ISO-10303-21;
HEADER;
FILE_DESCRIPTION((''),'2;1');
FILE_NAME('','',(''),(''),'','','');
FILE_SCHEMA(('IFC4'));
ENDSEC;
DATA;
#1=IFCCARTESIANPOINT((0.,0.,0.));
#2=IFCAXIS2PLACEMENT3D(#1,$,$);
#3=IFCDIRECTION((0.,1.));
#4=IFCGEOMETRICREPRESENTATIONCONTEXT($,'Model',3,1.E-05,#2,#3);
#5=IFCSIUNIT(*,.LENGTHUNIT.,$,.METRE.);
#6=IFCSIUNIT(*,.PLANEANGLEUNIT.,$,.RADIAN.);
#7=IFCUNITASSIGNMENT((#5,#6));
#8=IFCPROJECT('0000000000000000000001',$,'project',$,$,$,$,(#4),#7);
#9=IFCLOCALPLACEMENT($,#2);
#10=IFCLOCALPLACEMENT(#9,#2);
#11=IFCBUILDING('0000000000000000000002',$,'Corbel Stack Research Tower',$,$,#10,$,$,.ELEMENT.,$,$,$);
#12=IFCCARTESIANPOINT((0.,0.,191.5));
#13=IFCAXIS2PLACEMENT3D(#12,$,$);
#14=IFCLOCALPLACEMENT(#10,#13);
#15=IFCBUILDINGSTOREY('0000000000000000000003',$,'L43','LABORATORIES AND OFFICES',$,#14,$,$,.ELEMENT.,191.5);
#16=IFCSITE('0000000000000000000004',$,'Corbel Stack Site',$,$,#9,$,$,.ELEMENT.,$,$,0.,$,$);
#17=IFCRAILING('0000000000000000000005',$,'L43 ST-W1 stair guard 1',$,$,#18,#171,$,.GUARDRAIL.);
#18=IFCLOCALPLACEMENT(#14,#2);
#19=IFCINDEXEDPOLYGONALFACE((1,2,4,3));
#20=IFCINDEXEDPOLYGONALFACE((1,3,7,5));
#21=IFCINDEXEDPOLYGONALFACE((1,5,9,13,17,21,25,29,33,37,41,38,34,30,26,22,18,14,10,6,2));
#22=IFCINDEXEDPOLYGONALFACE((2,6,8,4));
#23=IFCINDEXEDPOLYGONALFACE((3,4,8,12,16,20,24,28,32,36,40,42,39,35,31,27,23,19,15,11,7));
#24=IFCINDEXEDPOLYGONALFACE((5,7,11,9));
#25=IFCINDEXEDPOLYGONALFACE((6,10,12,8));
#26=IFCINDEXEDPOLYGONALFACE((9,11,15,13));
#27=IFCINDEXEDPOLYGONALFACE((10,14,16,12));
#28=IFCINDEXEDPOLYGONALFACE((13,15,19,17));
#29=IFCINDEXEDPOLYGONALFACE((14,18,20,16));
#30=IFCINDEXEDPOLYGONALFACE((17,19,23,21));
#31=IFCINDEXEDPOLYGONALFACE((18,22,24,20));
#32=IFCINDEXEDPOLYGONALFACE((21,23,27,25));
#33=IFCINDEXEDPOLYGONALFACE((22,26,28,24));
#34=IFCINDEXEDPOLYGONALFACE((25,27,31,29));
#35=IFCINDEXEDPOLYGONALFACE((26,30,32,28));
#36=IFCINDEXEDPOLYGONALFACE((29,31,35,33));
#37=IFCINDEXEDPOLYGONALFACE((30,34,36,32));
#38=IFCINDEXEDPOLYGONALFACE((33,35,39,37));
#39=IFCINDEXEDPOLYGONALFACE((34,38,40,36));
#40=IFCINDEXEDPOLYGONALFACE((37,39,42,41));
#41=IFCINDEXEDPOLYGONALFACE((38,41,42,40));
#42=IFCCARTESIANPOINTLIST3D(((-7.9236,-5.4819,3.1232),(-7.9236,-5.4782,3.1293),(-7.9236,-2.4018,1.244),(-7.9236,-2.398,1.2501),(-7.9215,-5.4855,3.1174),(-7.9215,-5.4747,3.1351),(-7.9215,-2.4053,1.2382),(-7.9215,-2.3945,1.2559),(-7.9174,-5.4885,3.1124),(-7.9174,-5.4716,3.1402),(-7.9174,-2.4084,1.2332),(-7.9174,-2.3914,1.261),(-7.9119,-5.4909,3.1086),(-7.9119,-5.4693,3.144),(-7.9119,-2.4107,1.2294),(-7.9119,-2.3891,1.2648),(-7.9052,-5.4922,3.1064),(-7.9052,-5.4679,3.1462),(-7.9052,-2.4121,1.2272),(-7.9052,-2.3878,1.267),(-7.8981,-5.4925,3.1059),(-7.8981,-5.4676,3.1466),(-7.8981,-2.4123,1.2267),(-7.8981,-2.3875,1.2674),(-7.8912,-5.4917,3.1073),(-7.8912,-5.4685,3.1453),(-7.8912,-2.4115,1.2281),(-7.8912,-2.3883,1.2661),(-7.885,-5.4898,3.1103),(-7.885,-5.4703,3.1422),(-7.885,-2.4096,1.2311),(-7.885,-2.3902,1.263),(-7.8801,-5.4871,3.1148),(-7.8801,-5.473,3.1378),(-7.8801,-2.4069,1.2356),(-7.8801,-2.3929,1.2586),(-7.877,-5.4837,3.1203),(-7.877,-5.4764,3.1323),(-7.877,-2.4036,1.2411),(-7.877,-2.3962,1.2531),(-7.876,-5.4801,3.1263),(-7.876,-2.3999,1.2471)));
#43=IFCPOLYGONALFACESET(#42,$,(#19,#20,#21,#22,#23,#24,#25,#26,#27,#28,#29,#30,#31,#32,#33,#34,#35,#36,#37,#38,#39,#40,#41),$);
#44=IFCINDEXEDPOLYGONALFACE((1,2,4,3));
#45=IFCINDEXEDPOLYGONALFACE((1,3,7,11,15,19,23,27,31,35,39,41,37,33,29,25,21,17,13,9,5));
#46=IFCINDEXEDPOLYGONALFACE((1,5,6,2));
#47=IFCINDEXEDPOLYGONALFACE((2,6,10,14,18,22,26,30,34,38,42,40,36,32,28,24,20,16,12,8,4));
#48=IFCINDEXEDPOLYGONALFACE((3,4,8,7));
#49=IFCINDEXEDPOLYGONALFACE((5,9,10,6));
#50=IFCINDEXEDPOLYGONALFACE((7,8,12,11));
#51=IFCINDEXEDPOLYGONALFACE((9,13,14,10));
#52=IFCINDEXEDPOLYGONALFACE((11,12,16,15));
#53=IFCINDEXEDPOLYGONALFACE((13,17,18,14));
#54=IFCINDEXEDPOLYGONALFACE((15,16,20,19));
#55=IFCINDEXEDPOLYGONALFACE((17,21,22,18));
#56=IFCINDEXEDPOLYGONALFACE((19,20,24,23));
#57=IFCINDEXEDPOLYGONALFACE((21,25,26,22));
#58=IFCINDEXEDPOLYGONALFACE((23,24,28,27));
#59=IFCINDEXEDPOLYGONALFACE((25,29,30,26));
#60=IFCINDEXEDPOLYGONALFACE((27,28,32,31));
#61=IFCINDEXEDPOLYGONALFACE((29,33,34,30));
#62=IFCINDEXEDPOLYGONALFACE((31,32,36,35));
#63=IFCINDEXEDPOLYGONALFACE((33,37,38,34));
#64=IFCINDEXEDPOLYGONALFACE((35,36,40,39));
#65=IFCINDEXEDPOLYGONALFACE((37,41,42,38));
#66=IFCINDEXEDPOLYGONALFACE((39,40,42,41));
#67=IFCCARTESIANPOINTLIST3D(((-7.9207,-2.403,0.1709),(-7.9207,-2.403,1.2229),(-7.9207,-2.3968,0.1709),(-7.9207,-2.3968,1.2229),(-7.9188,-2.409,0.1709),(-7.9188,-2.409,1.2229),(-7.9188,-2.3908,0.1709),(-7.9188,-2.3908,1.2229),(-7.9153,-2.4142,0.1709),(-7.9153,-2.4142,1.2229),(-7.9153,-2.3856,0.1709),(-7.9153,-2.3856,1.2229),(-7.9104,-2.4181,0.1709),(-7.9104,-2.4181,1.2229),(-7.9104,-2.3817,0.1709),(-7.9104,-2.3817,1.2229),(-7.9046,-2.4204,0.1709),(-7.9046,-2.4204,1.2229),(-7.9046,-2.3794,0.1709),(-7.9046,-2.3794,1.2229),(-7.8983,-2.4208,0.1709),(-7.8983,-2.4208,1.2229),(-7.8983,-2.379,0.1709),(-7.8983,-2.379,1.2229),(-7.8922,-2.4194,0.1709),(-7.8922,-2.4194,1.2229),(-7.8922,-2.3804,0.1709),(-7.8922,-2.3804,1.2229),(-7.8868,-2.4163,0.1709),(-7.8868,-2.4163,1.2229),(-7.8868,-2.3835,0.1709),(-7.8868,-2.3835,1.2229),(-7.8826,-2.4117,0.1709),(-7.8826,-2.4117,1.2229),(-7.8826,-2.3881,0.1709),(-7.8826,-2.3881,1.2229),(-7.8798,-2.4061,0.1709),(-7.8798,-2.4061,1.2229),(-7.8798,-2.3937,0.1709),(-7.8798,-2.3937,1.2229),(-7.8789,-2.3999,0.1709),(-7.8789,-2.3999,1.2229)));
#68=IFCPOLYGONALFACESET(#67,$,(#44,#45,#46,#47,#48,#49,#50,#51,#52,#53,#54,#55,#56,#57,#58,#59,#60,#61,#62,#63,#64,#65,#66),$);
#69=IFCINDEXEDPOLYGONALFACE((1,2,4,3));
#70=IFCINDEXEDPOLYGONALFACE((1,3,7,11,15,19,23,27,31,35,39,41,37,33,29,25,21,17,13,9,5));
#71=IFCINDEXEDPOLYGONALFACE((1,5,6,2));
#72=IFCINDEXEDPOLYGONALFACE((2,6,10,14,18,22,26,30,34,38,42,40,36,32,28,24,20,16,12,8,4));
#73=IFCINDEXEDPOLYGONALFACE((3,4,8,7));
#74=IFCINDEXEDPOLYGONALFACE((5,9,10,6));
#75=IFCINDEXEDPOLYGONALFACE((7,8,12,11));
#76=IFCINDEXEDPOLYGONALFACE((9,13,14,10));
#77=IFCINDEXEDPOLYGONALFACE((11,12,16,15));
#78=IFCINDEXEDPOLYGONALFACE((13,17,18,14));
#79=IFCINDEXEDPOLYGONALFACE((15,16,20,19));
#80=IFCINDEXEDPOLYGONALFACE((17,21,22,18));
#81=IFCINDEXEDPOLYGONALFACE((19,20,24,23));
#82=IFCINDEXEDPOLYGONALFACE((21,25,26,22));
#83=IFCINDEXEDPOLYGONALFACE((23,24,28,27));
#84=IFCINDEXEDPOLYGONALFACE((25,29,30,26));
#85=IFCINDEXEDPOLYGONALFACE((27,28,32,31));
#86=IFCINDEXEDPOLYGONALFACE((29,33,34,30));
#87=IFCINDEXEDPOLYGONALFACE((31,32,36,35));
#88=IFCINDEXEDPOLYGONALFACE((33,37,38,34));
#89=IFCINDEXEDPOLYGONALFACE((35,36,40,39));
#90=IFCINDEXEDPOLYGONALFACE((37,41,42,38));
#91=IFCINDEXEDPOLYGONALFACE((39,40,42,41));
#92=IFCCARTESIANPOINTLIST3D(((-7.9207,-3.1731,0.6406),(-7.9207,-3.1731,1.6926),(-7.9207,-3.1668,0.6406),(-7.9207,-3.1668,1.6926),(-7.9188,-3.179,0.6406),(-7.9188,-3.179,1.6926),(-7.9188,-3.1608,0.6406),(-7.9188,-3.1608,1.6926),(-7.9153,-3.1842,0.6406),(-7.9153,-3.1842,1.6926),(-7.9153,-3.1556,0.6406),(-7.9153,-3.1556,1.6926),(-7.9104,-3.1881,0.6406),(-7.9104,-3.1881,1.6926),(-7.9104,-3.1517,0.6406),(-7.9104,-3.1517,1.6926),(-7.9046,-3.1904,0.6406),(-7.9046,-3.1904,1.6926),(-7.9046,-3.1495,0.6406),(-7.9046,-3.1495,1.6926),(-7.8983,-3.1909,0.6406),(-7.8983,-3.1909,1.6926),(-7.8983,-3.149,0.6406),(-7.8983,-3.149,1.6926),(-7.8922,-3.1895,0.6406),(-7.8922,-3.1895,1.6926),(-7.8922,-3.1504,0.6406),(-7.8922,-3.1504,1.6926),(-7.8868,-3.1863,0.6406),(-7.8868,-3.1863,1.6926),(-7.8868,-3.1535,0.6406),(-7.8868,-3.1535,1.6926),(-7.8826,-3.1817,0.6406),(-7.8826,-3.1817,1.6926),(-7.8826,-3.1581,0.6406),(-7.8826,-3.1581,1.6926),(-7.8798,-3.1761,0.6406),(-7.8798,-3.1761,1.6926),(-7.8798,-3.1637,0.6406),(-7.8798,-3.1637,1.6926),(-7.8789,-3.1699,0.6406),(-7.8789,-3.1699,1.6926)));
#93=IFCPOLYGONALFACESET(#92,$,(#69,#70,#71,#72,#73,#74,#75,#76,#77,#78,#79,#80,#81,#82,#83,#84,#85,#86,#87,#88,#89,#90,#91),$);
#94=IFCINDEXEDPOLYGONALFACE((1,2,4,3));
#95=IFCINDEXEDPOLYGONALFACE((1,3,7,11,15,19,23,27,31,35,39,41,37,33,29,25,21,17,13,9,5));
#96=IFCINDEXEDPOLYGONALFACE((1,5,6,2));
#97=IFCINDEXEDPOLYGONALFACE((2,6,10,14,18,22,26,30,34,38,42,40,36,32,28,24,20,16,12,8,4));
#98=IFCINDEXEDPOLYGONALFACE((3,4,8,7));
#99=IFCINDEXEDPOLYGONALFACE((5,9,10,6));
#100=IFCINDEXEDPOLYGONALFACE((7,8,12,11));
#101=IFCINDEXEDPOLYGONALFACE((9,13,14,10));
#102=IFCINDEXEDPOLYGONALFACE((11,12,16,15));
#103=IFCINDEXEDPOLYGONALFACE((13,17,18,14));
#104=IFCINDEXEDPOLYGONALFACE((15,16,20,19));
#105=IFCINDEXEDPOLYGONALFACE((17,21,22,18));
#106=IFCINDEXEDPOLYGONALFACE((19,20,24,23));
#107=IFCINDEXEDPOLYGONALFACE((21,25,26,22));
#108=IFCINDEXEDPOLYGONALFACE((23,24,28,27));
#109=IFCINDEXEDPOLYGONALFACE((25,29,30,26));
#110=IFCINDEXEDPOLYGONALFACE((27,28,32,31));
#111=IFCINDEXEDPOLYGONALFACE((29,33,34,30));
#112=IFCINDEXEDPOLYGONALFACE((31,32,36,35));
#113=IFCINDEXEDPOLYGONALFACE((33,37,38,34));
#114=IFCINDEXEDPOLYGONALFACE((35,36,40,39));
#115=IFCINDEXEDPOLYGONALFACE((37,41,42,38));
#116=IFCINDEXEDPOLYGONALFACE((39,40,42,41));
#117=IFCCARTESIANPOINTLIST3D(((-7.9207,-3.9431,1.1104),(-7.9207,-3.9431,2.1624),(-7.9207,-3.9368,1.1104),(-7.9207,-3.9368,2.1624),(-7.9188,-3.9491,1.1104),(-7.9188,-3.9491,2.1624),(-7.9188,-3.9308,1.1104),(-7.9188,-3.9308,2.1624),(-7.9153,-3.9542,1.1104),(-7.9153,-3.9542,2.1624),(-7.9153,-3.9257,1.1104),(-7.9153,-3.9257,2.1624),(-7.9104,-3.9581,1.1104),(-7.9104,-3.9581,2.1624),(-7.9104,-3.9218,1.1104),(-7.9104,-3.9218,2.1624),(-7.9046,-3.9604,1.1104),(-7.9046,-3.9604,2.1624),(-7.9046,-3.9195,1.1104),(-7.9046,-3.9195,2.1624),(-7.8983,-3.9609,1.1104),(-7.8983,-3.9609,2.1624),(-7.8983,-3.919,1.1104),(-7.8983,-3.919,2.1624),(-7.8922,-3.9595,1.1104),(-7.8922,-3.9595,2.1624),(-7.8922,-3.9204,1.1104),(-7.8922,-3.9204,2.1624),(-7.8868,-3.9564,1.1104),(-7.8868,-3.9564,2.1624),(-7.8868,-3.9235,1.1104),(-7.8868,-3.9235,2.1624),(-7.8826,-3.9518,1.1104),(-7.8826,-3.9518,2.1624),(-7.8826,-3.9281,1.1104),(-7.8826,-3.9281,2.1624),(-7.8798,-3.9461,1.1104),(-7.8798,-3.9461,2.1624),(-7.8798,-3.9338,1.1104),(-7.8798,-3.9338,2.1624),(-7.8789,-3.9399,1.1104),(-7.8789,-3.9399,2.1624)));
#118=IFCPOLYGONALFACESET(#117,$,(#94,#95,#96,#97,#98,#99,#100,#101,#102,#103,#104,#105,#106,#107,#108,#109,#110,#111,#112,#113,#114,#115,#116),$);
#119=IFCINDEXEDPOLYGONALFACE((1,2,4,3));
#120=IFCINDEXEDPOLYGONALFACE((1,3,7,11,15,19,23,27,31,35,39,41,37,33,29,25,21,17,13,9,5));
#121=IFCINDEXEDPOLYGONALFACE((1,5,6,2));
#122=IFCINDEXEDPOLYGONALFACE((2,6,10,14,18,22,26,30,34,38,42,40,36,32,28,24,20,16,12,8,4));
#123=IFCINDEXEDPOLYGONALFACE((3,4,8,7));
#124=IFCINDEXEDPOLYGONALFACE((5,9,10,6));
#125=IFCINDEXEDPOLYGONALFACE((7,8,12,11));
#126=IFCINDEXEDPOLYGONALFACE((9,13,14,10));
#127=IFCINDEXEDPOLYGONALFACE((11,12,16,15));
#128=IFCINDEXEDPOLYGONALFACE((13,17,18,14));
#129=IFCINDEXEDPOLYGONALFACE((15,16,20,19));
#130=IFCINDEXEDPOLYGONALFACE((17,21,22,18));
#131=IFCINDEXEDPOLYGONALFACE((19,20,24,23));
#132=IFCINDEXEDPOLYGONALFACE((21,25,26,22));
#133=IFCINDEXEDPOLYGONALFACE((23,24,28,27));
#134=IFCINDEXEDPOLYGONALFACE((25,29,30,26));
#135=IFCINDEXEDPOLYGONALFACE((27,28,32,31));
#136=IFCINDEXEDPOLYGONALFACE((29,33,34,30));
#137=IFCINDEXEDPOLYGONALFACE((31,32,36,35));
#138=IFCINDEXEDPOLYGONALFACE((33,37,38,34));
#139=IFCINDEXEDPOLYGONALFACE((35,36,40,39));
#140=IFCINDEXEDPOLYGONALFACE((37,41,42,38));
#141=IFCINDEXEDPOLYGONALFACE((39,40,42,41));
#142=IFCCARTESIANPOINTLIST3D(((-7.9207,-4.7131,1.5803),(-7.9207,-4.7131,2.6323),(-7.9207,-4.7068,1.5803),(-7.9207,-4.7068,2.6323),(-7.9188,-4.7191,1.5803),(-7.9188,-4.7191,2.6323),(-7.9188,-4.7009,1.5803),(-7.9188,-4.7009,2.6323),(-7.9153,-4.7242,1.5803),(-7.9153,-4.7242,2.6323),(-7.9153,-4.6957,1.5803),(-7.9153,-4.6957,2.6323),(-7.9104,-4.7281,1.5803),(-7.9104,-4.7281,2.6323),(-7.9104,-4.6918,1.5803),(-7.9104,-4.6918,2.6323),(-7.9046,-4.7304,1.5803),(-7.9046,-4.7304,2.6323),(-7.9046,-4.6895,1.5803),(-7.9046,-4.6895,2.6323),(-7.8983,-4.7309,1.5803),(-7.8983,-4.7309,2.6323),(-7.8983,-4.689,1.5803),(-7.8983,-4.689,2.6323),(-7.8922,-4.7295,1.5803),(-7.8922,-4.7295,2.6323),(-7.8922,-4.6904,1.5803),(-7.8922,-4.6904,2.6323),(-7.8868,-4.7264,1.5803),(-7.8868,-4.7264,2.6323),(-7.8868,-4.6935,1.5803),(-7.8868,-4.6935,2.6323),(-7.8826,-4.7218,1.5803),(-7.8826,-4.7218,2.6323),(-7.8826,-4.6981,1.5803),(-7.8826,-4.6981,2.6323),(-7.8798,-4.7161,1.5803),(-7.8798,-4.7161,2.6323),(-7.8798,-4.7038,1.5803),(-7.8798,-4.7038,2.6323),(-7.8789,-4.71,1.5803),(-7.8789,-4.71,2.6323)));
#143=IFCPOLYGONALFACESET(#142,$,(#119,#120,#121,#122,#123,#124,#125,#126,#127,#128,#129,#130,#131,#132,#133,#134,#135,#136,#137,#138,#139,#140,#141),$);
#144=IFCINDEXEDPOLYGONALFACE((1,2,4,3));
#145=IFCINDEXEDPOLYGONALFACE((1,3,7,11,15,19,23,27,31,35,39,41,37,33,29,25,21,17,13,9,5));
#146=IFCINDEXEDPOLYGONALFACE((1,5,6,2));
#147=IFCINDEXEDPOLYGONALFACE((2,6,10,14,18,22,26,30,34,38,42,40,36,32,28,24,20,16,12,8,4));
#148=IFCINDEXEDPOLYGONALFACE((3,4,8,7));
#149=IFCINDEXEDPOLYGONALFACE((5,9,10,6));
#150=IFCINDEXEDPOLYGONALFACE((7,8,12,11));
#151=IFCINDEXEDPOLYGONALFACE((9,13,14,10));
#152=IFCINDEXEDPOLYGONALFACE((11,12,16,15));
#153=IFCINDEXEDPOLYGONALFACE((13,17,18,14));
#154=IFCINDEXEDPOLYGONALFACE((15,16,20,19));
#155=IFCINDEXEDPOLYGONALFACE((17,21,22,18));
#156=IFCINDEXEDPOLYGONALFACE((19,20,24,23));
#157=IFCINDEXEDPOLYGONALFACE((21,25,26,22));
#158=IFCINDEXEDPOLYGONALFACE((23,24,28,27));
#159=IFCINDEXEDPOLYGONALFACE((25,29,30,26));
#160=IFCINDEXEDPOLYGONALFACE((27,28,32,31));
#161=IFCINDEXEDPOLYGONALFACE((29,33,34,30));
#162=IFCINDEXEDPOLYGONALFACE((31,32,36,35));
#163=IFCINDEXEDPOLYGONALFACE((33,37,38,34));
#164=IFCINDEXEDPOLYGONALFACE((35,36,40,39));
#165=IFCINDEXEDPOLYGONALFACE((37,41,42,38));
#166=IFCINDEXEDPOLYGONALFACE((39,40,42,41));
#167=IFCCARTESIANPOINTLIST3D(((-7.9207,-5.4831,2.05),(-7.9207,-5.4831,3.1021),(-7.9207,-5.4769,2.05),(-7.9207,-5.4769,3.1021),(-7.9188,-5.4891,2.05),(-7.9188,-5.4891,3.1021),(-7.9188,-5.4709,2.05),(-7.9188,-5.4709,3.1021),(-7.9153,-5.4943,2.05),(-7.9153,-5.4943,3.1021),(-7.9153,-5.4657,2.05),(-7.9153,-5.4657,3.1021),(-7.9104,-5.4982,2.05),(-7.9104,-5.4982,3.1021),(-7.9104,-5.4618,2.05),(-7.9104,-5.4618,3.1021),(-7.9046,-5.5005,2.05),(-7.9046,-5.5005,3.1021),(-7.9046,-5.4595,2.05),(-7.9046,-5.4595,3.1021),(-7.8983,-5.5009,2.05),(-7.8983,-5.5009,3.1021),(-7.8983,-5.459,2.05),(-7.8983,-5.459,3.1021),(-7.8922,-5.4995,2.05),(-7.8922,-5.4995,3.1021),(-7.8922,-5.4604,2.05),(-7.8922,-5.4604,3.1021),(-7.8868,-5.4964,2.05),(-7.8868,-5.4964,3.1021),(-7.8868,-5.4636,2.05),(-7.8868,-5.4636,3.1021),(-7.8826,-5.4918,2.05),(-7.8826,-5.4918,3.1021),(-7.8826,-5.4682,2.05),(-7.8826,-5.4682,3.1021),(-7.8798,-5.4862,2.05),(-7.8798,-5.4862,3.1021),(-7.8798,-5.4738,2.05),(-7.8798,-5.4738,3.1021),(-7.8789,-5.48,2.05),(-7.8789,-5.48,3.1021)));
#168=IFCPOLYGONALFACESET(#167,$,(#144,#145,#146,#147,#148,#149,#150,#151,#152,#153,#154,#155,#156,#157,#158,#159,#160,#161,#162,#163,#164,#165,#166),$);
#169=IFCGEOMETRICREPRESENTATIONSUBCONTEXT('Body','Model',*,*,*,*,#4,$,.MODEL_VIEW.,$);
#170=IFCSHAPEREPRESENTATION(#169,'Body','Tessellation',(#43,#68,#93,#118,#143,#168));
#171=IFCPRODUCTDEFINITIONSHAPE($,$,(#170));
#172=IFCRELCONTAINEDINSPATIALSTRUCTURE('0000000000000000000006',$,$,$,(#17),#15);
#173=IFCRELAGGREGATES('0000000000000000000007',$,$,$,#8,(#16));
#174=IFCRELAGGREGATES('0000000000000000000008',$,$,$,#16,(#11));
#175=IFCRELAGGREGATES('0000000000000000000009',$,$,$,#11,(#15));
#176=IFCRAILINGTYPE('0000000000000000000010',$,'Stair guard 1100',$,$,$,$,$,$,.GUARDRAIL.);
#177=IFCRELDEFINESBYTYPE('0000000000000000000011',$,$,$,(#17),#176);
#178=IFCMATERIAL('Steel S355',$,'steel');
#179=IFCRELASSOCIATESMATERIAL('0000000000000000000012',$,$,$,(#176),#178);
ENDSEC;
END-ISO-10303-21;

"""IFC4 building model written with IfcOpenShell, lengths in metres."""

from ifc_helpers import new_model, si_unit, direction, frame, origin, origin_2d, place, context, subcontext, project, spatial, circle, extrude, material, type_object, element, save


model = new_model("IFC4")

# Units and contexts
model_context = context("Model", 3, precision=1e-05, world=origin(), true_north=direction((0.0, 1.0)))
body_context = subcontext(model_context, "Body", "Model", "MODEL_VIEW")
ifc_project = project(units=[si_unit("LENGTHUNIT", "METRE"), si_unit("PLANEANGLEUNIT", "RADIAN")], contexts=[model_context])

# Site, building, storey
site_placement = place(None, origin())
site = spatial("IfcSite", under=ifc_project, at=site_placement, Name="Corbel Stack Site", CompositionType="ELEMENT", RefElevation=0.0)
building_placement = place(site_placement, origin())
building = spatial("IfcBuilding", under=site, at=building_placement, Name="Corbel Stack Research Tower", CompositionType="ELEMENT")
storey_placement = place(building_placement, frame((0.0, 0.0, 191.5)))
storey = spatial("IfcBuildingStorey", under=building, at=storey_placement, Name="L43", Description="LABORATORIES AND OFFICES", CompositionType="ELEMENT", Elevation=191.5)

# Railing
ifc_material_1 = material(Name="Steel S355", Category="steel")
railing_type_1 = type_object("IfcRailingType", Name="Stair guard 1100", PredefinedType="GUARDRAIL", material=ifc_material_1)
railing_1_placement = place(storey_placement, frame((-7.8999, -2.3999, 0.1709)))
element("IfcRailing", 1, at=railing_1_placement, inside=storey, type_object=railing_type_1, Name="L43 ST-W1 stair guard 1", PredefinedType="GUARDRAIL", context=body_context, shape_type="SweptSolid", body=[
    extrude(circle(Radius=0.0239, at=origin_2d()), frame((0.0, 0.0, 1.0762), z_axis=(0.0, -0.853666, 0.52082), x_axis=(1.0, 0.0, 0.0)), (0.0, 0.0, 1.0), 3.6082),
    extrude(circle(Radius=0.021, at=origin_2d()), origin(), (0.0, 0.0, 1.0), 1.052),
    extrude(circle(Radius=0.021, at=origin_2d()), frame((0.0, -0.77, 0.4697)), (0.0, 0.0, 1.0), 1.052),
    extrude(circle(Radius=0.021, at=origin_2d()), frame((0.0, -1.54, 0.9395)), (0.0, 0.0, 1.0), 1.052),
    extrude(circle(Radius=0.021, at=origin_2d()), frame((0.0, -2.3101, 1.4094)), (0.0, 0.0, 1.0), 1.052),
    extrude(circle(Radius=0.021, at=origin_2d()), frame((0.0, -3.0801, 1.8792)), (0.0, 0.0, 1.0), 1.052),
])

save(model, "model.ifc")
